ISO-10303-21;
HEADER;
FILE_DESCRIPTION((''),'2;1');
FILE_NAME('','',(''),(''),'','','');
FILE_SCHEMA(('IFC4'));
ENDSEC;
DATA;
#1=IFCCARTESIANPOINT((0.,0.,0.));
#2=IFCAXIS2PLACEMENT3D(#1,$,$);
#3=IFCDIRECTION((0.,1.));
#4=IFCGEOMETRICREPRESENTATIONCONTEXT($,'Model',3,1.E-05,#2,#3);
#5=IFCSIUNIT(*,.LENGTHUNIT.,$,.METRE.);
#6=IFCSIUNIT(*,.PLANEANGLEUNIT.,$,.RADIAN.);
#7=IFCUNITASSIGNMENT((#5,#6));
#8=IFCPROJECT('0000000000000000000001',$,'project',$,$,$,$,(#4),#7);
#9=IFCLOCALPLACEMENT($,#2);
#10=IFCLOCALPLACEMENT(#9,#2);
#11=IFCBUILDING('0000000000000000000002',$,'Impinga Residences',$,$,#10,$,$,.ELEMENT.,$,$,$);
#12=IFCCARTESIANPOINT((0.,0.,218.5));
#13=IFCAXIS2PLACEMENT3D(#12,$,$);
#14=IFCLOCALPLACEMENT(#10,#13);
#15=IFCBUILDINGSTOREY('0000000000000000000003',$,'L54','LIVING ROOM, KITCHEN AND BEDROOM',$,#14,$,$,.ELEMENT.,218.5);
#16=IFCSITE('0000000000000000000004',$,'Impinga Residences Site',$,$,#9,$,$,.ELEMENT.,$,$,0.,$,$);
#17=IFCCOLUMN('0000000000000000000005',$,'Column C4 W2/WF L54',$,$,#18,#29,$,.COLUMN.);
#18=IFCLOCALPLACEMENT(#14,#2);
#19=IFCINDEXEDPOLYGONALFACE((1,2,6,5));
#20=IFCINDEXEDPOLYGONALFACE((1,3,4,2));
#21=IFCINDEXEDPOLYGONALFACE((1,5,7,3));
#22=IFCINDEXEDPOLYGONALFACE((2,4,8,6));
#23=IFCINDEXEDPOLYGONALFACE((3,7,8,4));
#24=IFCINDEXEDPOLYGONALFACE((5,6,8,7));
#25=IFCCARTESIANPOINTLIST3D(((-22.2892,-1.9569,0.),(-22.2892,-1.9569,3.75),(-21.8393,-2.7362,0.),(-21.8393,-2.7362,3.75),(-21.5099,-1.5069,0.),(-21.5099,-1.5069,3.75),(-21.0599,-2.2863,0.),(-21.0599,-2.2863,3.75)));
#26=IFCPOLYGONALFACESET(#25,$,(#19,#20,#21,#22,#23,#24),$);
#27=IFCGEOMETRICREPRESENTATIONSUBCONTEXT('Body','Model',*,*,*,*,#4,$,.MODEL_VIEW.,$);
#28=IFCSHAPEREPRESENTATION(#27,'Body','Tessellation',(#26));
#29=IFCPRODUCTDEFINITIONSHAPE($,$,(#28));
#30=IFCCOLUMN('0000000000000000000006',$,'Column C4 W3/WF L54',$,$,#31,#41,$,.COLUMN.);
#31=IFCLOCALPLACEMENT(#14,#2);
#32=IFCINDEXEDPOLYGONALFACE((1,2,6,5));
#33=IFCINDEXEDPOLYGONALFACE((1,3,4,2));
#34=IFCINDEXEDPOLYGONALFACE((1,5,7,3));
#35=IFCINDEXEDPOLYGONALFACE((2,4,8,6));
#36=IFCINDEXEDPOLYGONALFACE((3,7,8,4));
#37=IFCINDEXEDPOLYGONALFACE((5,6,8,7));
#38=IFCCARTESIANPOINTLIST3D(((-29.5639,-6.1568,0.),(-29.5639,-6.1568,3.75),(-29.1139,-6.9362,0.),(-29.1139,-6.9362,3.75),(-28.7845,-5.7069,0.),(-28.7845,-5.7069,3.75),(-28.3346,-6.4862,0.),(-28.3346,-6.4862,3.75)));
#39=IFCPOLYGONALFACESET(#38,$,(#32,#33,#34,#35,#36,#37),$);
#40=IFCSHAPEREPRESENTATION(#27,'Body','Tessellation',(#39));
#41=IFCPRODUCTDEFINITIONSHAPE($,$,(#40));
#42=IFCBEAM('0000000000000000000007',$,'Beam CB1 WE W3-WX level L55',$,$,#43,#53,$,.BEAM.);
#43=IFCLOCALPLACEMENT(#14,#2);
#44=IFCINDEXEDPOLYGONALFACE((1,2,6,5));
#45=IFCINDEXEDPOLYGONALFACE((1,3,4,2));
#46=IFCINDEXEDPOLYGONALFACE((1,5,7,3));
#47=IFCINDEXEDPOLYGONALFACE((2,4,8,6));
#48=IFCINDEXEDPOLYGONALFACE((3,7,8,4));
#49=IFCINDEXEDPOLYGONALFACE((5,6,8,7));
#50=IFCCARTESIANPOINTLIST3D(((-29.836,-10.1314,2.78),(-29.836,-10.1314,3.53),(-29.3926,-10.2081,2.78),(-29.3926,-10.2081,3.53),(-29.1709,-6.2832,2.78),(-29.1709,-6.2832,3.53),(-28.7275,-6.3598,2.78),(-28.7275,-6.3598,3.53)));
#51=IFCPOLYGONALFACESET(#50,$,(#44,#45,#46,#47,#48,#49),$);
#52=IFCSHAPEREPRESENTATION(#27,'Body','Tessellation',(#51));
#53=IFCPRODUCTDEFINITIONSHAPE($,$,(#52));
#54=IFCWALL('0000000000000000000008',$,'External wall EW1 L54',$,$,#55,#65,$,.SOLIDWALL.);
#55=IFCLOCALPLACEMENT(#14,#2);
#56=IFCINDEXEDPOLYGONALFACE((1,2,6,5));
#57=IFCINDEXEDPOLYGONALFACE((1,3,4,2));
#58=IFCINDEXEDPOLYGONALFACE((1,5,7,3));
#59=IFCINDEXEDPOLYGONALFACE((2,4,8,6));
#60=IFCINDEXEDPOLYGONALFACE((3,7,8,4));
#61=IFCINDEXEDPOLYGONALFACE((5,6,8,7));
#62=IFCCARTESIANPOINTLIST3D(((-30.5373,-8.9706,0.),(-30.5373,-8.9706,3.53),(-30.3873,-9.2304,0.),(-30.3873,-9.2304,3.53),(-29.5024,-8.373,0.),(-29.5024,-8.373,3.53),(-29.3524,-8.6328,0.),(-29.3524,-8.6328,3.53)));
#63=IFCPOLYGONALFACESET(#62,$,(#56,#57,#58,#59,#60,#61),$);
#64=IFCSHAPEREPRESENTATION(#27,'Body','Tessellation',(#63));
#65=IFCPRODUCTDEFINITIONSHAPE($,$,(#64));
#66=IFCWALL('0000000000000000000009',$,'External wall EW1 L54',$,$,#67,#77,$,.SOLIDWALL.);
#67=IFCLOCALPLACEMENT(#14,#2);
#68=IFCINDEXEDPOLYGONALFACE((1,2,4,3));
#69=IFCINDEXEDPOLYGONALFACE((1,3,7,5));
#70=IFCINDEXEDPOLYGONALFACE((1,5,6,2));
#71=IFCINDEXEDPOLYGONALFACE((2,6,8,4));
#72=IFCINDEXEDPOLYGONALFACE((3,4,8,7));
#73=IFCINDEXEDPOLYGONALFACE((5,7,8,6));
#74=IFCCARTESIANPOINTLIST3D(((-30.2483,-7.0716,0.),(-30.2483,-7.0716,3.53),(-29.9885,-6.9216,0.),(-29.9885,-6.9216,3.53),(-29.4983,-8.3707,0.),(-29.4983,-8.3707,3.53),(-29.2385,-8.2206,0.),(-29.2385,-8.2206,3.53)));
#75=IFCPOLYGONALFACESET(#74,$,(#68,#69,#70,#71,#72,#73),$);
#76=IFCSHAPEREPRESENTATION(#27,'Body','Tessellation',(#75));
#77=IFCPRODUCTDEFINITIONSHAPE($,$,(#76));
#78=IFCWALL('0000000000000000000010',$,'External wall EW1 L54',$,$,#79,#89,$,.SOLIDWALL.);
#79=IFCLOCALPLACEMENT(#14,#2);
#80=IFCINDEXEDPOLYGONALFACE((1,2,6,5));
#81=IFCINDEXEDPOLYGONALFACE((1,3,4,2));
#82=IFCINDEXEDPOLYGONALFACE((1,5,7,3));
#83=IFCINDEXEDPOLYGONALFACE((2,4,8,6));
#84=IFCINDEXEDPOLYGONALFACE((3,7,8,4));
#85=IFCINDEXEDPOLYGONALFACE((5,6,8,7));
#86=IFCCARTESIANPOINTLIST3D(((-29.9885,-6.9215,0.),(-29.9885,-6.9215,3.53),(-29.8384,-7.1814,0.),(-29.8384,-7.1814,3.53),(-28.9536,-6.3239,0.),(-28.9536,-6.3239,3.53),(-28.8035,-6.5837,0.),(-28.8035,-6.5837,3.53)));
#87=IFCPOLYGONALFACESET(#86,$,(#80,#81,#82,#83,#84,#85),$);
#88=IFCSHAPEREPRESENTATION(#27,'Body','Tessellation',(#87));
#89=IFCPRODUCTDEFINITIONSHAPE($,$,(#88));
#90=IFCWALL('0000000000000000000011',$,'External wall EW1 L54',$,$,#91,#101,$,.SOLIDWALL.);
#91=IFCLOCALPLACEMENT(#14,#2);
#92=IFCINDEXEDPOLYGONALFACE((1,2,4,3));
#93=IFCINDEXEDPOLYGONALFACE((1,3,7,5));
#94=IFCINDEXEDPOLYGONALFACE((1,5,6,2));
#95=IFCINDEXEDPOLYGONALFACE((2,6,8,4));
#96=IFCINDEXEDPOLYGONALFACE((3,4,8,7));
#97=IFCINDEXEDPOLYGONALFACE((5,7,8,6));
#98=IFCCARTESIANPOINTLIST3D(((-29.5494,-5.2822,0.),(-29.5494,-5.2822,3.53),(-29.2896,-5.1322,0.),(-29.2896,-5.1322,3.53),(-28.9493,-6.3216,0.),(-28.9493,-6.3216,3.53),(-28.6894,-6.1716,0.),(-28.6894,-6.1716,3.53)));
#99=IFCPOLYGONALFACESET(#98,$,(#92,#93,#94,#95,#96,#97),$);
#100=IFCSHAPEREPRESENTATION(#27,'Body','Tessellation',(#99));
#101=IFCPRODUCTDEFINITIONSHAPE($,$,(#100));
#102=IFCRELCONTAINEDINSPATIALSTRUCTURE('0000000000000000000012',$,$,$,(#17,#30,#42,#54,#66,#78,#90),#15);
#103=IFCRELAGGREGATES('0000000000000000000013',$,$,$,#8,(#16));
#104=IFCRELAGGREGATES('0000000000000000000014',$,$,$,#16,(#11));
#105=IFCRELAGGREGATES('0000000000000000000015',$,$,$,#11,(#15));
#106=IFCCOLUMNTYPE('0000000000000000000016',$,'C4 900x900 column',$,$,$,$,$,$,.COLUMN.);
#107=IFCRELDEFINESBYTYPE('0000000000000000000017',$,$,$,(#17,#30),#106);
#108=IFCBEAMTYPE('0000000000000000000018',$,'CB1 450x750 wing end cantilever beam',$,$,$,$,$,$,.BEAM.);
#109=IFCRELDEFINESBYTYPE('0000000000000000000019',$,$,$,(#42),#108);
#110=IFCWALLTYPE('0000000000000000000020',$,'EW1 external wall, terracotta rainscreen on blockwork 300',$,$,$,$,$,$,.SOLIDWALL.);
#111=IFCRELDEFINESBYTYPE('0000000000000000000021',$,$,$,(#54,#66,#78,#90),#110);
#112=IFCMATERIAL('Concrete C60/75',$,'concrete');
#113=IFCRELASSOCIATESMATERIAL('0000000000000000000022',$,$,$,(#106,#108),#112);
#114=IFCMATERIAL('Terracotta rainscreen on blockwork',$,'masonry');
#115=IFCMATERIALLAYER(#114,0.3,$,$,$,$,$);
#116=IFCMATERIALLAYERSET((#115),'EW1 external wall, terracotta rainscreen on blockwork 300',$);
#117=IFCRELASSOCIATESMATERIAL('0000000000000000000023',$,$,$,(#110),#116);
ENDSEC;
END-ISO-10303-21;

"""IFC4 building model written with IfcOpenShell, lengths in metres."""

from ifc_helpers import new_model, si_unit, direction, frame, frame_2d, origin, origin_2d, place, context, subcontext, project, spatial, rectangle, extrude, material, layer, layer_set, material_profile, profile_set, type_object, element, save


model = new_model("IFC4")

# Units and contexts
model_context = context("Model", 3, precision=1e-05, world=origin(), true_north=direction((0.0, 1.0)))
body_context = subcontext(model_context, "Body", "Model", "MODEL_VIEW")
ifc_project = project(units=[si_unit("LENGTHUNIT", "METRE"), si_unit("PLANEANGLEUNIT", "RADIAN")], contexts=[model_context])

# Site, building, storey
site_placement = place(None, origin())
site = spatial("IfcSite", under=ifc_project, at=site_placement, Name="Impinga Residences Site", CompositionType="ELEMENT", RefElevation=0.0)
building_placement = place(site_placement, origin())
building = spatial("IfcBuilding", under=site, at=building_placement, Name="Impinga Residences", CompositionType="ELEMENT")
storey_placement = place(building_placement, frame((0.0, 0.0, 218.5)))
storey = spatial("IfcBuildingStorey", under=building, at=storey_placement, Name="L54", Description="LIVING ROOM, KITCHEN AND BEDROOM", CompositionType="ELEMENT", Elevation=218.5)

# Columns
ifc_material_1 = material(Name="Concrete C60/75", Category="concrete")
ifc_material_profile_1 = material_profile(ifc_material_1, rectangle(XDim=0.8999, YDim=0.8999, at=origin_2d()), Name="RC 900x900")
ifc_profile_set_1 = profile_set([ifc_material_profile_1], Name="Concrete C60/75")
column_type = type_object("IfcColumnType", Name="C4 900x900 column", PredefinedType="COLUMN", material=ifc_profile_set_1)
for number, where, z_axis, x_axis, name in (
    (1, (-21.6746, -2.1216, 0.0), (0.0, 0.0, 1.0), (-0.5, 0.866025, 0.0), "Column C4 W2/WF L54"),
    (2, (-28.9492, -6.3215, 0.0), (0.0, 0.0, 1.0), (-0.5, 0.866025, 0.0), "Column C4 W3/WF L54"),
):
    element("IfcColumn", number, at=place(storey_placement, frame(where, z_axis=z_axis, x_axis=x_axis)), inside=storey, type_object=column_type, Name=name, PredefinedType="COLUMN", context=body_context, shape_type="SweptSolid", body=[
        extrude(rectangle(XDim=0.8999, YDim=0.8999, at=origin_2d()), origin(), (0.0, 0.0, 1.0), 3.75),
    ])

# Beam
ifc_material_profile_2 = material_profile(ifc_material_1, rectangle(XDim=0.45, YDim=0.75, at=origin_2d()), Name="RC 450x750")
ifc_profile_set_2 = profile_set([ifc_material_profile_2], Name="Concrete C60/75")
beam_type = type_object("IfcBeamType", Name="CB1 450x750 wing end cantilever beam", PredefinedType="BEAM", material=ifc_profile_set_2)
beam_placement = place(storey_placement, frame((-28.9492, -6.3215, 3.155), z_axis=(-0.170296, -0.985393, 0.0), x_axis=(0.985393, -0.170296, 0.0)))
element("IfcBeam", 3, at=beam_placement, inside=storey, type_object=beam_type, Name="Beam CB1 WE W3-WX level L55", PredefinedType="BEAM", context=body_context, shape_type="SweptSolid", body=[
    extrude(rectangle(XDim=0.45, YDim=0.75, at=origin_2d()), origin(), (0.0, 0.0, 1.0), 3.9053),
])

# Walls
ifc_material_2 = material(Name="Terracotta rainscreen on blockwork", Category="masonry")
ifc_layer_1 = layer(ifc_material_2, 0.3)
ifc_layer_set_1 = layer_set([ifc_layer_1], Name="EW1 external wall, terracotta rainscreen on blockwork 300")
wall_type_1 = type_object("IfcWallType", Name="EW1 external wall, terracotta rainscreen on blockwork 300", PredefinedType="SOLIDWALL", material=ifc_layer_set_1)
wall_1_placement = place(storey_placement, frame((-30.4624, -9.1006, 0.0), z_axis=(0.0, 0.0, 1.0), x_axis=(0.865971, 0.500094, 0.0)))
element("IfcWall", 4, at=wall_1_placement, inside=storey, type_object=wall_type_1, Name="External wall EW1 L54", PredefinedType="SOLIDWALL", context=body_context, shape_type="SweptSolid", body=[
    extrude(rectangle(XDim=1.1951, YDim=0.3, at=frame_2d((0.5977, 0.0))), origin(), (0.0, 0.0, 1.0), 3.53),
])
wall_2_placement = place(storey_placement, frame((-29.3684, -8.2957, 0.0), z_axis=(0.0, 0.0, 1.0), x_axis=(-0.49999, 0.866031, 0.0)))
element("IfcWall", 5, at=wall_2_placement, inside=storey, type_object=wall_type_1, Name="External wall EW1 L54", PredefinedType="SOLIDWALL", context=body_context, shape_type="SweptSolid", body=[
    extrude(rectangle(XDim=1.5, YDim=0.3, at=frame_2d((0.75, 0.0))), origin(), (0.0, 0.0, 1.0), 3.53),
])
wall_3_placement = place(storey_placement, frame((-29.9136, -7.0515, 0.0), z_axis=(0.0, 0.0, 1.0), x_axis=(0.865971, 0.500094, 0.0)))
element("IfcWall", 6, at=wall_3_placement, inside=storey, type_object=wall_type_1, Name="External wall EW1 L54", PredefinedType="SOLIDWALL", context=body_context, shape_type="SweptSolid", body=[
    extrude(rectangle(XDim=1.1951, YDim=0.3, at=frame_2d((0.5977, 0.0))), origin(), (0.0, 0.0, 1.0), 3.53),
])
wall_4_placement = place(storey_placement, frame((-28.8193, -6.2466, 0.0), z_axis=(0.0, 0.0, 1.0), x_axis=(-0.500034, 0.866006, 0.0)))
element("IfcWall", 7, at=wall_4_placement, inside=storey, type_object=wall_type_1, Name="External wall EW1 L54", PredefinedType="SOLIDWALL", context=body_context, shape_type="SweptSolid", body=[
    extrude(rectangle(XDim=1.2002, YDim=0.3, at=frame_2d((0.6001, 0.0))), origin(), (0.0, 0.0, 1.0), 3.53),
])

save(model, "model.ifc")
